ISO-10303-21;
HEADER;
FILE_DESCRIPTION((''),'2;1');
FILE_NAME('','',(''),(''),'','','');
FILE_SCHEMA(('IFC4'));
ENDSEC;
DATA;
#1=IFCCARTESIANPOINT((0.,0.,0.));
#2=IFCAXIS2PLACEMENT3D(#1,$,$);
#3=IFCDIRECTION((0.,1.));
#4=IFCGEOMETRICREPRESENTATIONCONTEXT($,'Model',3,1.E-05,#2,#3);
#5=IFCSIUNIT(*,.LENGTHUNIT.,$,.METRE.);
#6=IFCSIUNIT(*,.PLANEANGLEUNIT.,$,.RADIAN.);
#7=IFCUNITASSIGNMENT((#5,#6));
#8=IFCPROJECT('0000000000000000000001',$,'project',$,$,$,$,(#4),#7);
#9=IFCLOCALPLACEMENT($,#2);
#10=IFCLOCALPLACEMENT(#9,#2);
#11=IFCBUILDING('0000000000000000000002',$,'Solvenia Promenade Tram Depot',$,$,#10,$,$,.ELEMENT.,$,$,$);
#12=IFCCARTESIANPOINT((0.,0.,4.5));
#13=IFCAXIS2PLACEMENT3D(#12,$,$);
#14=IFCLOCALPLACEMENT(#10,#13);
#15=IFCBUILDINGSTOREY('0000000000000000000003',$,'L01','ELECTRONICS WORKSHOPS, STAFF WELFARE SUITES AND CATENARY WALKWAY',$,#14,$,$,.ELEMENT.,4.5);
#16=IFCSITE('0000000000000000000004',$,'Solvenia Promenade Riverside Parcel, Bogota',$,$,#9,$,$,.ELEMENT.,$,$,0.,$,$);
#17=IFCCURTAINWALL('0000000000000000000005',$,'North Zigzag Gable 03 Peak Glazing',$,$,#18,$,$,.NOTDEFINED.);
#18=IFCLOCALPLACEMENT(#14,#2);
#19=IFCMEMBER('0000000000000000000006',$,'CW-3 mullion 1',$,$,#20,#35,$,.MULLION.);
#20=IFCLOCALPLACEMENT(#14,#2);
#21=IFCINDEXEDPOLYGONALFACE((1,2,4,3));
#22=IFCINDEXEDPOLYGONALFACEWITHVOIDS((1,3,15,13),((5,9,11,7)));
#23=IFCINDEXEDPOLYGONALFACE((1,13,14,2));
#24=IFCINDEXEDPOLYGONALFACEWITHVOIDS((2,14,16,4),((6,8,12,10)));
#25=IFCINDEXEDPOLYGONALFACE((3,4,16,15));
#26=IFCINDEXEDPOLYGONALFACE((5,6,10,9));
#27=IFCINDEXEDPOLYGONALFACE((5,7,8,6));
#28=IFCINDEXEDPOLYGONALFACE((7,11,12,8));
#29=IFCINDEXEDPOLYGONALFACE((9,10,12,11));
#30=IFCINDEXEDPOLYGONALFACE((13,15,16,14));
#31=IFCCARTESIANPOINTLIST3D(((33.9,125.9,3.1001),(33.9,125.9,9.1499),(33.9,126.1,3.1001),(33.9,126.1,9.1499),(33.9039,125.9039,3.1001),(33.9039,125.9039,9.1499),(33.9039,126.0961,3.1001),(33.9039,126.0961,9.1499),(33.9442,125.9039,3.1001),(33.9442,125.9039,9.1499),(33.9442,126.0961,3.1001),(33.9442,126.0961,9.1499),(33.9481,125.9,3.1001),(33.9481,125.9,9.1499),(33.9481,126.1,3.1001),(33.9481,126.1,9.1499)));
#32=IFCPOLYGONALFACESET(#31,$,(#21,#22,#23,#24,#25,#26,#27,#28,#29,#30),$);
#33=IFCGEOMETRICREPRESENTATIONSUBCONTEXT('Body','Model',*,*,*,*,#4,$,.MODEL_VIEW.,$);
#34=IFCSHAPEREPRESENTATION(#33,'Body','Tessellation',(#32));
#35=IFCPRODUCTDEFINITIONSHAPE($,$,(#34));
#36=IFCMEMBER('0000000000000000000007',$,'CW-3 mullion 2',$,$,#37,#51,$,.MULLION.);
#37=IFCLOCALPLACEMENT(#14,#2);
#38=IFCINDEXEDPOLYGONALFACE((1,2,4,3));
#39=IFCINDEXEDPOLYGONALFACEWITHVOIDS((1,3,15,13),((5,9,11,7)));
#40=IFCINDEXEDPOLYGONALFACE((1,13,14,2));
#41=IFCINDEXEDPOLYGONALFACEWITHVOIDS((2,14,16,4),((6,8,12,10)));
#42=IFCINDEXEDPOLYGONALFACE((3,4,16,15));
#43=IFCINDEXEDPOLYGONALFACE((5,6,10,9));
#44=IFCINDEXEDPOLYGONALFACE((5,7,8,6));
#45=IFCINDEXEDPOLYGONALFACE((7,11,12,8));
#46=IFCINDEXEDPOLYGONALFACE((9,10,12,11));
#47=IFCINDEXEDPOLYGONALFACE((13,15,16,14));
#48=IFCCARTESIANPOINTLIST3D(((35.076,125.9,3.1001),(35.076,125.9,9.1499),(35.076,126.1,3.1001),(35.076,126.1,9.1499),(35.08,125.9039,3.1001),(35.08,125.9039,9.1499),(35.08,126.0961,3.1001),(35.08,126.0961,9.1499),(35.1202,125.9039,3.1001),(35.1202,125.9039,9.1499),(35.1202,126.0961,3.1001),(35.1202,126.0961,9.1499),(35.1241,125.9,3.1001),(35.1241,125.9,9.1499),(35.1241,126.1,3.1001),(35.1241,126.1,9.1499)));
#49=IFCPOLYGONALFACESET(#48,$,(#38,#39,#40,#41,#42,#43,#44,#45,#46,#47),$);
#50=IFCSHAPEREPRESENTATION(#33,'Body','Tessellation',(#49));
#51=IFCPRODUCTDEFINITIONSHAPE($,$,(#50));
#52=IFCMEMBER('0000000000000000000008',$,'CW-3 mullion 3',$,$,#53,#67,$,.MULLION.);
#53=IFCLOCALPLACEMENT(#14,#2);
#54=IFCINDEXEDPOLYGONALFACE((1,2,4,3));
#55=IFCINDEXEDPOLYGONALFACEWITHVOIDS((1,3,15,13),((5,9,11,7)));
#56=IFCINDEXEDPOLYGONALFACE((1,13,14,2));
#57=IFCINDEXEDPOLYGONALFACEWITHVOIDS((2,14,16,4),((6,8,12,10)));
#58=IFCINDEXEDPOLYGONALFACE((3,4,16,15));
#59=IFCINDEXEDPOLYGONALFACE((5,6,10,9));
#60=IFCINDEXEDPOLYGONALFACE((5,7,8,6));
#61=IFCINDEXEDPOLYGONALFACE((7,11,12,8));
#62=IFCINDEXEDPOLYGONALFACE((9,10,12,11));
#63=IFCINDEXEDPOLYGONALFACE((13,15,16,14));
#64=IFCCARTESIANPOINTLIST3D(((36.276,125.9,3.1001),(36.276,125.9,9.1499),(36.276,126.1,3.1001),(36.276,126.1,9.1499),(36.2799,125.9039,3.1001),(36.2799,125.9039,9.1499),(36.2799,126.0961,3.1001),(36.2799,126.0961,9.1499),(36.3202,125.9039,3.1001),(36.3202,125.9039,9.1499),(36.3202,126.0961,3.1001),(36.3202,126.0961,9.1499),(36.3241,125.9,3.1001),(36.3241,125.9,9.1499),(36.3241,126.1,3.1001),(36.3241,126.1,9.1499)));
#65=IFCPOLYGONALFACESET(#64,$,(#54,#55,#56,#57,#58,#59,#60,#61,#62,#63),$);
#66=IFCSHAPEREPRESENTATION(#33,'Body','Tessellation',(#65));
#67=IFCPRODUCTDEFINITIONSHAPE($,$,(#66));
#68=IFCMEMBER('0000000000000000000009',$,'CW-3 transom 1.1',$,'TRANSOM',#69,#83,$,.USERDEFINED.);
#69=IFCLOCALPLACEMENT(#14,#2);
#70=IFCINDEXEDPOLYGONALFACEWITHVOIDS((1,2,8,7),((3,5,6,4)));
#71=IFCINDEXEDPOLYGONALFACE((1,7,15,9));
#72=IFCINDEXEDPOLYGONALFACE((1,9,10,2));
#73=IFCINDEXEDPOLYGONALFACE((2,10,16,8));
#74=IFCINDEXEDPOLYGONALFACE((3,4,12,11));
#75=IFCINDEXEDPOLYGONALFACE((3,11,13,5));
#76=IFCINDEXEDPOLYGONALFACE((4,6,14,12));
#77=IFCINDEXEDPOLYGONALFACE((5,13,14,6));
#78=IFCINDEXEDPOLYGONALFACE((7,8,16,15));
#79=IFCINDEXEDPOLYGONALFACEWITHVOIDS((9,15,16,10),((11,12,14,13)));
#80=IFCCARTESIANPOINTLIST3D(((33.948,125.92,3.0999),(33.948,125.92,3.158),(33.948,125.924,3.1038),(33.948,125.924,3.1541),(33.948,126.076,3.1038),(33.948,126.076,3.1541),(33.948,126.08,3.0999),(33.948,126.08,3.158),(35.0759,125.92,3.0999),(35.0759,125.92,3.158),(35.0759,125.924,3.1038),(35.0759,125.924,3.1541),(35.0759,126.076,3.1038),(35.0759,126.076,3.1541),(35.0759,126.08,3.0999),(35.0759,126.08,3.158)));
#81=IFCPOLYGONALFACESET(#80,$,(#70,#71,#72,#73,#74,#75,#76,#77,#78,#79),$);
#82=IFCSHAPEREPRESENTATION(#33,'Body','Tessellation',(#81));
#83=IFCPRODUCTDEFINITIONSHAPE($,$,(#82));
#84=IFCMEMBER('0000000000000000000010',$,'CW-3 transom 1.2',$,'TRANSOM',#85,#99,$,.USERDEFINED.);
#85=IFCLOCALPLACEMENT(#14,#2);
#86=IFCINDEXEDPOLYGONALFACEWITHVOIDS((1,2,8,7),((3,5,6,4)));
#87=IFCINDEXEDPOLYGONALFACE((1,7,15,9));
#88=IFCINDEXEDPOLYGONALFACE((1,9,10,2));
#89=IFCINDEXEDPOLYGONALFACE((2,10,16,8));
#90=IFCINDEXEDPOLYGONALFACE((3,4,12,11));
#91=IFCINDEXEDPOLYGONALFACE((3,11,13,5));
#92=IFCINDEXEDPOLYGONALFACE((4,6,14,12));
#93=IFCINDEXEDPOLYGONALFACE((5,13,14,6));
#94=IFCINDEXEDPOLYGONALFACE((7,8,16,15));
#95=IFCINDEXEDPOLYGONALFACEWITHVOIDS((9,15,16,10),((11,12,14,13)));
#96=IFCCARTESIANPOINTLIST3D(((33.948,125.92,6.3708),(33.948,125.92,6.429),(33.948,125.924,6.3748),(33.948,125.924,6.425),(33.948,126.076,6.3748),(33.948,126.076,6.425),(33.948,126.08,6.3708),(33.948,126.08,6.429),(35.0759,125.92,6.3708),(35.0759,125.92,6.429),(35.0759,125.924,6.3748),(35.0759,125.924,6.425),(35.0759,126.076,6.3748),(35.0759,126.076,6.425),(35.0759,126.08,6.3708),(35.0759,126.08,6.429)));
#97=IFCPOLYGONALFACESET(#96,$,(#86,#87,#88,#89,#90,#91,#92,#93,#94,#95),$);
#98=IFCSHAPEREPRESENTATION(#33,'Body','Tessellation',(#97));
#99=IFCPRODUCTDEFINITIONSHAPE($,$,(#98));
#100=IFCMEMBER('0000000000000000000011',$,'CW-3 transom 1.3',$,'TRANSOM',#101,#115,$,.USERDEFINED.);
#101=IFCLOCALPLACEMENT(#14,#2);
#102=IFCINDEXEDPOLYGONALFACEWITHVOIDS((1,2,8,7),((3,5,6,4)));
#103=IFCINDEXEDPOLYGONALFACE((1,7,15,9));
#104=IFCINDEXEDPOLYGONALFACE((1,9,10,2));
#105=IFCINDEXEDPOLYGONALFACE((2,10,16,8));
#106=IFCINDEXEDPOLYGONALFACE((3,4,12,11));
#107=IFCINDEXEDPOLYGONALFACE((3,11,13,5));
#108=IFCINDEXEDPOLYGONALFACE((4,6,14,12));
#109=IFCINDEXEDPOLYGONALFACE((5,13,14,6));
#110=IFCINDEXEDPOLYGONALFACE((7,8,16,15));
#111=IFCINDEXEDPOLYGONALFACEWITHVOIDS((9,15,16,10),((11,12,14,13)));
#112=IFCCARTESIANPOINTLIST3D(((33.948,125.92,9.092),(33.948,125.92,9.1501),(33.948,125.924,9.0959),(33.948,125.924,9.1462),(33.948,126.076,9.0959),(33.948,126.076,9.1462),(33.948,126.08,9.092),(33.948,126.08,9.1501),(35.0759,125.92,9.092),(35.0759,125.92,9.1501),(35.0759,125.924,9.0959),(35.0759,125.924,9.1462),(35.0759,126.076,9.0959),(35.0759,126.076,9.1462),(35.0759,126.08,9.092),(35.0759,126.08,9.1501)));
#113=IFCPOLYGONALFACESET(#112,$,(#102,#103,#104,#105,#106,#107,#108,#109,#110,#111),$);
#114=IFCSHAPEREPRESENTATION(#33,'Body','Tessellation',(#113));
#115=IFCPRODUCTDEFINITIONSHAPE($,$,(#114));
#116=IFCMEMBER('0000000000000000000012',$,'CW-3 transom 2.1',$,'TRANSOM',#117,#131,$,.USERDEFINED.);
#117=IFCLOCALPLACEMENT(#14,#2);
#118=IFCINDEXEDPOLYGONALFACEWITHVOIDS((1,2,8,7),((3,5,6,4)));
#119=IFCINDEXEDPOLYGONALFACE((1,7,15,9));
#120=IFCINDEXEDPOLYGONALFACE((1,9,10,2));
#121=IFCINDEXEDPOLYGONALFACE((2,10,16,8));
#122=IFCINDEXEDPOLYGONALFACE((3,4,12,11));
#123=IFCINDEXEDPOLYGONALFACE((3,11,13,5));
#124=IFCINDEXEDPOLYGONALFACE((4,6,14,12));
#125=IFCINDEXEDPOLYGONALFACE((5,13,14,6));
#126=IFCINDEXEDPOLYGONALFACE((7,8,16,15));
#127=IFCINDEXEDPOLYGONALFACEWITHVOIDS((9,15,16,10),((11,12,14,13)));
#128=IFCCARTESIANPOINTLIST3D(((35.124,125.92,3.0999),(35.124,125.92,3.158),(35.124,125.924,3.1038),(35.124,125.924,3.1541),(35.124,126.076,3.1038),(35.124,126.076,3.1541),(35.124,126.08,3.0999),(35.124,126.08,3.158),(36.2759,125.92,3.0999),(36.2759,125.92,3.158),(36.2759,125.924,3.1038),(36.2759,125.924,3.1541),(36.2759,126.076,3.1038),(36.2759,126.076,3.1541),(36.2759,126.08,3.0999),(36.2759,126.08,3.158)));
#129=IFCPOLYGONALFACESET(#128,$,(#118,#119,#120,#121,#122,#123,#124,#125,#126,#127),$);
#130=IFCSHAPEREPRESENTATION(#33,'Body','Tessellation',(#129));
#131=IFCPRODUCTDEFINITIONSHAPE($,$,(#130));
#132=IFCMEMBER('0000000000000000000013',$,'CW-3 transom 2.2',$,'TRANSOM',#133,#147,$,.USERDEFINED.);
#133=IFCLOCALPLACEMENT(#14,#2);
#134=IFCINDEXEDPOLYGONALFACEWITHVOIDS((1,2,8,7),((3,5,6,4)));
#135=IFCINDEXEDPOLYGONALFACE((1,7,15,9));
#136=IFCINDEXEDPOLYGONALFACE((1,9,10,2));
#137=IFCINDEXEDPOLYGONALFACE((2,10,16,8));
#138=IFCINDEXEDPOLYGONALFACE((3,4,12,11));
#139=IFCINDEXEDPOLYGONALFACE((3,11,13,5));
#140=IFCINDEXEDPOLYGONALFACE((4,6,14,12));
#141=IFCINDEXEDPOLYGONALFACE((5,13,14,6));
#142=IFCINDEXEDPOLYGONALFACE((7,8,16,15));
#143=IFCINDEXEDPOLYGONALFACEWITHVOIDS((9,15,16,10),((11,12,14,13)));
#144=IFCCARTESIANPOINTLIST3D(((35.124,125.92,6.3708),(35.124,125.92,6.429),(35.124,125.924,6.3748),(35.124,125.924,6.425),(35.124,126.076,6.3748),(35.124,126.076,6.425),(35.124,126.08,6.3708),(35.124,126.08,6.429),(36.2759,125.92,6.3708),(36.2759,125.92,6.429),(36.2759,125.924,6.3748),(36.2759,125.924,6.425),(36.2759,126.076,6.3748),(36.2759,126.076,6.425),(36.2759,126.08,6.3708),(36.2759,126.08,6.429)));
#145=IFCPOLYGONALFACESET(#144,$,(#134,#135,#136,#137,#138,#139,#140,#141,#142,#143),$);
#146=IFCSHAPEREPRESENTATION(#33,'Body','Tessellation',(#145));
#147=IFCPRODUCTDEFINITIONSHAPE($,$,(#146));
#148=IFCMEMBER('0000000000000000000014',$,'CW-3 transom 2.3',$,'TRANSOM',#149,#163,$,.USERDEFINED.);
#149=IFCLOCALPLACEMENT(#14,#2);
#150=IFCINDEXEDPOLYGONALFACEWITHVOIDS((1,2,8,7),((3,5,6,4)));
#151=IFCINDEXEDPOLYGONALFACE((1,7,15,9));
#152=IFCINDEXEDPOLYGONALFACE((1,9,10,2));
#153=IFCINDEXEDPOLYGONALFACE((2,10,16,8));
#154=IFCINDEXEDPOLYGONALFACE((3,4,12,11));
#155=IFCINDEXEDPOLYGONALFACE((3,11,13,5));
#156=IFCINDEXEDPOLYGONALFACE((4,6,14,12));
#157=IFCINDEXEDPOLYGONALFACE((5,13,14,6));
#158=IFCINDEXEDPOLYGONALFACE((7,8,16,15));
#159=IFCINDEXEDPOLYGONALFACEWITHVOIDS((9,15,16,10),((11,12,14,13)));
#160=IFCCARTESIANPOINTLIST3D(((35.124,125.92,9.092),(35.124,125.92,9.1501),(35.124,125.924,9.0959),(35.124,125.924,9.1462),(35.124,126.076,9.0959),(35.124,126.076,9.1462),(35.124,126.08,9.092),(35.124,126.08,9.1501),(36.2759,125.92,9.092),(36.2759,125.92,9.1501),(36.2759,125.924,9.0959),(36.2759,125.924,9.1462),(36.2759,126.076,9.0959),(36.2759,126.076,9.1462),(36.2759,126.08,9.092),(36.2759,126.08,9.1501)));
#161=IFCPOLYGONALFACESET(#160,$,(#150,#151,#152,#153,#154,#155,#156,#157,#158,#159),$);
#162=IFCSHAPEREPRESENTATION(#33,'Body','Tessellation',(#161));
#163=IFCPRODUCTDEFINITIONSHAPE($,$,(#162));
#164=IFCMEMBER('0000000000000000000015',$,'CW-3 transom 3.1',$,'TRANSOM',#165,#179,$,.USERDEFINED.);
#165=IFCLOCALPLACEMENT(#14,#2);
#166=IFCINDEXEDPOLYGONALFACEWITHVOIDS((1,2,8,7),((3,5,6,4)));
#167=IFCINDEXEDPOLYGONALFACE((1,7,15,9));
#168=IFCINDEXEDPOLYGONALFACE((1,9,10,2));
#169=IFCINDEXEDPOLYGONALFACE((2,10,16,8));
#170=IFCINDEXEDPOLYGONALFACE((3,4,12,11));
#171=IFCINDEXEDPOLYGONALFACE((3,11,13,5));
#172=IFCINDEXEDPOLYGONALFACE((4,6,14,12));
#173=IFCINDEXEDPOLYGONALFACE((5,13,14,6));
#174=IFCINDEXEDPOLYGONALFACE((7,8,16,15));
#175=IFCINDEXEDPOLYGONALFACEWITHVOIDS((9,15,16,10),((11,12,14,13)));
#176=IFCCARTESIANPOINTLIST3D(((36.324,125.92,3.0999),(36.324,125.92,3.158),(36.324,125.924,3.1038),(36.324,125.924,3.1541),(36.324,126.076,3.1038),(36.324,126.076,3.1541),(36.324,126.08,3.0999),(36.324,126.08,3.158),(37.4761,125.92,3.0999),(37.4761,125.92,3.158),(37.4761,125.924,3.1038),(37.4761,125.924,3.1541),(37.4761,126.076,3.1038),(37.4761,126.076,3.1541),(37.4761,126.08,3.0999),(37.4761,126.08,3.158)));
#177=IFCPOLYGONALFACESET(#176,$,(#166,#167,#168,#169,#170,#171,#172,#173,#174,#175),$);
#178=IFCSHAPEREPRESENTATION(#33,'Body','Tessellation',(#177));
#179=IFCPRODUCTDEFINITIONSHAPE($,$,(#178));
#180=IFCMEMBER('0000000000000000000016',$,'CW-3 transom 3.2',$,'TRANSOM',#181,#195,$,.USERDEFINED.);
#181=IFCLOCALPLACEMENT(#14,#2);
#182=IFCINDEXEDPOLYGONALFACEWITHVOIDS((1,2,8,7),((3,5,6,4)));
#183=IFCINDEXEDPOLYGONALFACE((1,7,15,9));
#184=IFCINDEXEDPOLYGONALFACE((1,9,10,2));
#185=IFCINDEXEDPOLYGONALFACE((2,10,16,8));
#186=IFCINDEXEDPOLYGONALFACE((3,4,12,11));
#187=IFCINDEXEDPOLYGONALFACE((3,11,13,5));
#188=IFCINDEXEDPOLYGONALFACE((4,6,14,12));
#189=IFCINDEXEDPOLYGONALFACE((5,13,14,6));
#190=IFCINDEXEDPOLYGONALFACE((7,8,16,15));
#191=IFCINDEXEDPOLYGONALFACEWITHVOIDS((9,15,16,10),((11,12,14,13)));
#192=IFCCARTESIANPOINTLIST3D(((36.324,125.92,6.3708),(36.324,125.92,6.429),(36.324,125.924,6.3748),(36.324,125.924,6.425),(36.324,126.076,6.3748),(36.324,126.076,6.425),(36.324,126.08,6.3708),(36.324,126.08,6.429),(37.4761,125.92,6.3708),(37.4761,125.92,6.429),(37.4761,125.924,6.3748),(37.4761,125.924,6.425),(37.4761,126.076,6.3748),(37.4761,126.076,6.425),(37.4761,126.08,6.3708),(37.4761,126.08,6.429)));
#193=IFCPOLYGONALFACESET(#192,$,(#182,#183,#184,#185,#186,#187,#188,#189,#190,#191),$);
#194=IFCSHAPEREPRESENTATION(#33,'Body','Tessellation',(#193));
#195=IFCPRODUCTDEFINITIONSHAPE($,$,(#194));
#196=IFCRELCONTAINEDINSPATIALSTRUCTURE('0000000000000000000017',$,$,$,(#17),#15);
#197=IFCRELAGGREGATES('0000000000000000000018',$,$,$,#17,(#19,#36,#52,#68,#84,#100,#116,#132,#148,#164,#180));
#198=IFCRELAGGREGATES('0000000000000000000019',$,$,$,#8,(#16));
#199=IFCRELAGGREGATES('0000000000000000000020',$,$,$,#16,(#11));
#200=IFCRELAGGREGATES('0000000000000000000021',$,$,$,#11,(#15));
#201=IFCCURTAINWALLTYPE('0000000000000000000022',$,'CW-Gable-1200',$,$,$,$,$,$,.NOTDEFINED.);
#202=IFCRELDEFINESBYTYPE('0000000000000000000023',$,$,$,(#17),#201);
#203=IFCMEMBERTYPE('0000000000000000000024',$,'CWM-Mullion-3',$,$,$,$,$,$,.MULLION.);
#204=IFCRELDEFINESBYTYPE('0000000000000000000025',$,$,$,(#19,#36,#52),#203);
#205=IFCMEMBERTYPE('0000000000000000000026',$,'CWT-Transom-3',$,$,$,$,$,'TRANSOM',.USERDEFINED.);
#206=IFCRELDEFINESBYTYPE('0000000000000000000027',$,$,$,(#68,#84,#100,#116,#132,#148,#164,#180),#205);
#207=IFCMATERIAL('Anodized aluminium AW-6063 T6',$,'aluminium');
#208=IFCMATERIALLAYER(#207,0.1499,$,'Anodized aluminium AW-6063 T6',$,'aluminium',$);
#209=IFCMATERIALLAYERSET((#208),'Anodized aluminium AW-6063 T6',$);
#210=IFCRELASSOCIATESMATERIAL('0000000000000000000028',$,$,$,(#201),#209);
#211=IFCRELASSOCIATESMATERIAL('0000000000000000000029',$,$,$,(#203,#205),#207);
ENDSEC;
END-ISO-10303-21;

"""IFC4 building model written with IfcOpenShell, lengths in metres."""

from ifc_helpers import new_model, si_unit, direction, frame, origin, origin_2d, place, context, subcontext, project, spatial, hollow_rectangle, extrude, material, layer, layer_set, material_profile, profile_set, type_object, element, aggregate, save


model = new_model("IFC4")

# Units and contexts
model_context = context("Model", 3, precision=1e-05, world=origin(), true_north=direction((0.0, 1.0)))
body_context = subcontext(model_context, "Body", "Model", "MODEL_VIEW")
ifc_project = project(units=[si_unit("LENGTHUNIT", "METRE"), si_unit("PLANEANGLEUNIT", "RADIAN")], contexts=[model_context])

# Site, building, storey
site_placement = place(None, origin())
site = spatial("IfcSite", under=ifc_project, at=site_placement, Name="Solvenia Promenade Riverside Parcel, Bogota", CompositionType="ELEMENT", RefElevation=0.0)
building_placement = place(site_placement, origin())
building = spatial("IfcBuilding", under=site, at=building_placement, Name="Solvenia Promenade Tram Depot", CompositionType="ELEMENT")
storey_placement = place(building_placement, frame((0.0, 0.0, 4.5)))
storey = spatial("IfcBuildingStorey", under=building, at=storey_placement, Name="L01", Description="ELECTRONICS WORKSHOPS, STAFF WELFARE SUITES AND CATENARY WALKWAY", CompositionType="ELEMENT", Elevation=4.5)

# Curtain wall, members
ifc_material_1 = material(Name="Anodized aluminium AW-6063 T6", Category="aluminium")
ifc_layer_1 = layer(ifc_material_1, 0.1499, Name="Anodized aluminium AW-6063 T6", Category="aluminium")
ifc_layer_set_1 = layer_set([ifc_layer_1], Name="Anodized aluminium AW-6063 T6")
curtain_wall_type = type_object("IfcCurtainWallType", Name="CW-Gable-1200", PredefinedType="NOTDEFINED", material=ifc_layer_set_1)
curtain_wall_placement = place(storey_placement, origin())
curtain_wall = element("IfcCurtainWall", 1, at=curtain_wall_placement, inside=storey, type_object=curtain_wall_type, Name="North Zigzag Gable 03 Peak Glazing", PredefinedType="NOTDEFINED")
ifc_material_profile_1 = material_profile(ifc_material_1, hollow_rectangle(XDim=0.2, YDim=0.0481, WallThickness=0.0039, at=origin_2d()), Name="ALU-M3", Category="aluminium")
ifc_profile_set_1 = profile_set([ifc_material_profile_1], Name="Anodized aluminium AW-6063 T6")
member_type_1 = type_object("IfcMemberType", Name="CWM-Mullion-3", PredefinedType="MULLION", material=ifc_profile_set_1)
member_1_placement = place(storey_placement, frame((33.9241, 126.0, 3.1001), z_axis=(0.0, 0.0, 1.0), x_axis=(0.0, 1.0, 0.0)))
member_1 = element("IfcMember", 2, at=member_1_placement, type_object=member_type_1, Name="CW-3 mullion 1", PredefinedType="MULLION", context=body_context, shape_type="SweptSolid", body=[
    extrude(hollow_rectangle(XDim=0.2, YDim=0.0481, WallThickness=0.0039, at=origin_2d()), origin(), (0.0, 0.0, 1.0), 6.0498),
])
member_2_placement = place(storey_placement, frame((35.1001, 126.0, 3.1001), z_axis=(0.0, 0.0, 1.0), x_axis=(0.0, 1.0, 0.0)))
member_2 = element("IfcMember", 3, at=member_2_placement, type_object=member_type_1, Name="CW-3 mullion 2", PredefinedType="MULLION", context=body_context, shape_type="SweptSolid", body=[
    extrude(hollow_rectangle(XDim=0.2, YDim=0.0481, WallThickness=0.0039, at=origin_2d()), origin(), (0.0, 0.0, 1.0), 6.0498),
])
member_3_placement = place(storey_placement, frame((36.3, 126.0, 3.1001), z_axis=(0.0, 0.0, 1.0), x_axis=(0.0, 1.0, 0.0)))
member_3 = element("IfcMember", 4, at=member_3_placement, type_object=member_type_1, Name="CW-3 mullion 3", PredefinedType="MULLION", context=body_context, shape_type="SweptSolid", body=[
    extrude(hollow_rectangle(XDim=0.2, YDim=0.0481, WallThickness=0.0039, at=origin_2d()), origin(), (0.0, 0.0, 1.0), 6.0498),
])
ifc_material_profile_2 = material_profile(ifc_material_1, hollow_rectangle(XDim=0.1599, YDim=0.0581, WallThickness=0.0039, at=origin_2d()), Name="ALU-T3", Category="aluminium")
ifc_profile_set_2 = profile_set([ifc_material_profile_2], Name="Anodized aluminium AW-6063 T6")
member_type_2 = type_object("IfcMemberType", Name="CWT-Transom-3", ElementType="TRANSOM", PredefinedType="USERDEFINED", material=ifc_profile_set_2)
member_4_placement = place(storey_placement, frame((33.948, 126.0, 3.1289), z_axis=(1.0, 0.0, 0.0), x_axis=(0.0, 1.0, 0.0)))
member_4 = element("IfcMember", 5, at=member_4_placement, type_object=member_type_2, Name="CW-3 transom 1.1", ObjectType="TRANSOM", PredefinedType="USERDEFINED", context=body_context, shape_type="SweptSolid", body=[
    extrude(hollow_rectangle(XDim=0.1599, YDim=0.0581, WallThickness=0.0039, at=origin_2d()), origin(), (0.0, 0.0, 1.0), 1.1279),
])
member_5_placement = place(storey_placement, frame((33.948, 126.0, 6.3999), z_axis=(1.0, 0.0, 0.0), x_axis=(0.0, 1.0, 0.0)))
member_5 = element("IfcMember", 6, at=member_5_placement, type_object=member_type_2, Name="CW-3 transom 1.2", ObjectType="TRANSOM", PredefinedType="USERDEFINED", context=body_context, shape_type="SweptSolid", body=[
    extrude(hollow_rectangle(XDim=0.1599, YDim=0.0581, WallThickness=0.0039, at=origin_2d()), origin(), (0.0, 0.0, 1.0), 1.1279),
])
member_6_placement = place(storey_placement, frame((33.948, 126.0, 9.1211), z_axis=(1.0, 0.0, 0.0), x_axis=(0.0, 1.0, 0.0)))
member_6 = element("IfcMember", 7, at=member_6_placement, type_object=member_type_2, Name="CW-3 transom 1.3", ObjectType="TRANSOM", PredefinedType="USERDEFINED", context=body_context, shape_type="SweptSolid", body=[
    extrude(hollow_rectangle(XDim=0.1599, YDim=0.0581, WallThickness=0.0039, at=origin_2d()), origin(), (0.0, 0.0, 1.0), 1.1279),
])
member_7_placement = place(storey_placement, frame((35.124, 126.0, 3.1289), z_axis=(1.0, 0.0, 0.0), x_axis=(0.0, 1.0, 0.0)))
member_7 = element("IfcMember", 8, at=member_7_placement, type_object=member_type_2, Name="CW-3 transom 2.1", ObjectType="TRANSOM", PredefinedType="USERDEFINED", context=body_context, shape_type="SweptSolid", body=[
    extrude(hollow_rectangle(XDim=0.1599, YDim=0.0581, WallThickness=0.0039, at=origin_2d()), origin(), (0.0, 0.0, 1.0), 1.1519),
])
member_8_placement = place(storey_placement, frame((35.124, 126.0, 6.3999), z_axis=(1.0, 0.0, 0.0), x_axis=(0.0, 1.0, 0.0)))
member_8 = element("IfcMember", 9, at=member_8_placement, type_object=member_type_2, Name="CW-3 transom 2.2", ObjectType="TRANSOM", PredefinedType="USERDEFINED", context=body_context, shape_type="SweptSolid", body=[
    extrude(hollow_rectangle(XDim=0.1599, YDim=0.0581, WallThickness=0.0039, at=origin_2d()), origin(), (0.0, 0.0, 1.0), 1.1519),
])
member_9_placement = place(storey_placement, frame((35.124, 126.0, 9.1211), z_axis=(1.0, 0.0, 0.0), x_axis=(0.0, 1.0, 0.0)))
member_9 = element("IfcMember", 10, at=member_9_placement, type_object=member_type_2, Name="CW-3 transom 2.3", ObjectType="TRANSOM", PredefinedType="USERDEFINED", context=body_context, shape_type="SweptSolid", body=[
    extrude(hollow_rectangle(XDim=0.1599, YDim=0.0581, WallThickness=0.0039, at=origin_2d()), origin(), (0.0, 0.0, 1.0), 1.1519),
])
member_10_placement = place(storey_placement, frame((36.324, 126.0, 3.1289), z_axis=(1.0, 0.0, 0.0), x_axis=(0.0, 1.0, 0.0)))
member_10 = element("IfcMember", 11, at=member_10_placement, type_object=member_type_2, Name="CW-3 transom 3.1", ObjectType="TRANSOM", PredefinedType="USERDEFINED", context=body_context, shape_type="SweptSolid", body=[
    extrude(hollow_rectangle(XDim=0.1599, YDim=0.0581, WallThickness=0.0039, at=origin_2d()), origin(), (0.0, 0.0, 1.0), 1.1521),
])
member_11_placement = place(storey_placement, frame((36.324, 126.0, 6.3999), z_axis=(1.0, 0.0, 0.0), x_axis=(0.0, 1.0, 0.0)))
member_11 = element("IfcMember", 12, at=member_11_placement, type_object=member_type_2, Name="CW-3 transom 3.2", ObjectType="TRANSOM", PredefinedType="USERDEFINED", context=body_context, shape_type="SweptSolid", body=[
    extrude(hollow_rectangle(XDim=0.1599, YDim=0.0581, WallThickness=0.0039, at=origin_2d()), origin(), (0.0, 0.0, 1.0), 1.1521),
])

aggregate(curtain_wall, [member_1, member_2, member_3, member_4, member_5, member_6, member_7, member_8, member_9, member_10, member_11])

save(model, "model.ifc")
